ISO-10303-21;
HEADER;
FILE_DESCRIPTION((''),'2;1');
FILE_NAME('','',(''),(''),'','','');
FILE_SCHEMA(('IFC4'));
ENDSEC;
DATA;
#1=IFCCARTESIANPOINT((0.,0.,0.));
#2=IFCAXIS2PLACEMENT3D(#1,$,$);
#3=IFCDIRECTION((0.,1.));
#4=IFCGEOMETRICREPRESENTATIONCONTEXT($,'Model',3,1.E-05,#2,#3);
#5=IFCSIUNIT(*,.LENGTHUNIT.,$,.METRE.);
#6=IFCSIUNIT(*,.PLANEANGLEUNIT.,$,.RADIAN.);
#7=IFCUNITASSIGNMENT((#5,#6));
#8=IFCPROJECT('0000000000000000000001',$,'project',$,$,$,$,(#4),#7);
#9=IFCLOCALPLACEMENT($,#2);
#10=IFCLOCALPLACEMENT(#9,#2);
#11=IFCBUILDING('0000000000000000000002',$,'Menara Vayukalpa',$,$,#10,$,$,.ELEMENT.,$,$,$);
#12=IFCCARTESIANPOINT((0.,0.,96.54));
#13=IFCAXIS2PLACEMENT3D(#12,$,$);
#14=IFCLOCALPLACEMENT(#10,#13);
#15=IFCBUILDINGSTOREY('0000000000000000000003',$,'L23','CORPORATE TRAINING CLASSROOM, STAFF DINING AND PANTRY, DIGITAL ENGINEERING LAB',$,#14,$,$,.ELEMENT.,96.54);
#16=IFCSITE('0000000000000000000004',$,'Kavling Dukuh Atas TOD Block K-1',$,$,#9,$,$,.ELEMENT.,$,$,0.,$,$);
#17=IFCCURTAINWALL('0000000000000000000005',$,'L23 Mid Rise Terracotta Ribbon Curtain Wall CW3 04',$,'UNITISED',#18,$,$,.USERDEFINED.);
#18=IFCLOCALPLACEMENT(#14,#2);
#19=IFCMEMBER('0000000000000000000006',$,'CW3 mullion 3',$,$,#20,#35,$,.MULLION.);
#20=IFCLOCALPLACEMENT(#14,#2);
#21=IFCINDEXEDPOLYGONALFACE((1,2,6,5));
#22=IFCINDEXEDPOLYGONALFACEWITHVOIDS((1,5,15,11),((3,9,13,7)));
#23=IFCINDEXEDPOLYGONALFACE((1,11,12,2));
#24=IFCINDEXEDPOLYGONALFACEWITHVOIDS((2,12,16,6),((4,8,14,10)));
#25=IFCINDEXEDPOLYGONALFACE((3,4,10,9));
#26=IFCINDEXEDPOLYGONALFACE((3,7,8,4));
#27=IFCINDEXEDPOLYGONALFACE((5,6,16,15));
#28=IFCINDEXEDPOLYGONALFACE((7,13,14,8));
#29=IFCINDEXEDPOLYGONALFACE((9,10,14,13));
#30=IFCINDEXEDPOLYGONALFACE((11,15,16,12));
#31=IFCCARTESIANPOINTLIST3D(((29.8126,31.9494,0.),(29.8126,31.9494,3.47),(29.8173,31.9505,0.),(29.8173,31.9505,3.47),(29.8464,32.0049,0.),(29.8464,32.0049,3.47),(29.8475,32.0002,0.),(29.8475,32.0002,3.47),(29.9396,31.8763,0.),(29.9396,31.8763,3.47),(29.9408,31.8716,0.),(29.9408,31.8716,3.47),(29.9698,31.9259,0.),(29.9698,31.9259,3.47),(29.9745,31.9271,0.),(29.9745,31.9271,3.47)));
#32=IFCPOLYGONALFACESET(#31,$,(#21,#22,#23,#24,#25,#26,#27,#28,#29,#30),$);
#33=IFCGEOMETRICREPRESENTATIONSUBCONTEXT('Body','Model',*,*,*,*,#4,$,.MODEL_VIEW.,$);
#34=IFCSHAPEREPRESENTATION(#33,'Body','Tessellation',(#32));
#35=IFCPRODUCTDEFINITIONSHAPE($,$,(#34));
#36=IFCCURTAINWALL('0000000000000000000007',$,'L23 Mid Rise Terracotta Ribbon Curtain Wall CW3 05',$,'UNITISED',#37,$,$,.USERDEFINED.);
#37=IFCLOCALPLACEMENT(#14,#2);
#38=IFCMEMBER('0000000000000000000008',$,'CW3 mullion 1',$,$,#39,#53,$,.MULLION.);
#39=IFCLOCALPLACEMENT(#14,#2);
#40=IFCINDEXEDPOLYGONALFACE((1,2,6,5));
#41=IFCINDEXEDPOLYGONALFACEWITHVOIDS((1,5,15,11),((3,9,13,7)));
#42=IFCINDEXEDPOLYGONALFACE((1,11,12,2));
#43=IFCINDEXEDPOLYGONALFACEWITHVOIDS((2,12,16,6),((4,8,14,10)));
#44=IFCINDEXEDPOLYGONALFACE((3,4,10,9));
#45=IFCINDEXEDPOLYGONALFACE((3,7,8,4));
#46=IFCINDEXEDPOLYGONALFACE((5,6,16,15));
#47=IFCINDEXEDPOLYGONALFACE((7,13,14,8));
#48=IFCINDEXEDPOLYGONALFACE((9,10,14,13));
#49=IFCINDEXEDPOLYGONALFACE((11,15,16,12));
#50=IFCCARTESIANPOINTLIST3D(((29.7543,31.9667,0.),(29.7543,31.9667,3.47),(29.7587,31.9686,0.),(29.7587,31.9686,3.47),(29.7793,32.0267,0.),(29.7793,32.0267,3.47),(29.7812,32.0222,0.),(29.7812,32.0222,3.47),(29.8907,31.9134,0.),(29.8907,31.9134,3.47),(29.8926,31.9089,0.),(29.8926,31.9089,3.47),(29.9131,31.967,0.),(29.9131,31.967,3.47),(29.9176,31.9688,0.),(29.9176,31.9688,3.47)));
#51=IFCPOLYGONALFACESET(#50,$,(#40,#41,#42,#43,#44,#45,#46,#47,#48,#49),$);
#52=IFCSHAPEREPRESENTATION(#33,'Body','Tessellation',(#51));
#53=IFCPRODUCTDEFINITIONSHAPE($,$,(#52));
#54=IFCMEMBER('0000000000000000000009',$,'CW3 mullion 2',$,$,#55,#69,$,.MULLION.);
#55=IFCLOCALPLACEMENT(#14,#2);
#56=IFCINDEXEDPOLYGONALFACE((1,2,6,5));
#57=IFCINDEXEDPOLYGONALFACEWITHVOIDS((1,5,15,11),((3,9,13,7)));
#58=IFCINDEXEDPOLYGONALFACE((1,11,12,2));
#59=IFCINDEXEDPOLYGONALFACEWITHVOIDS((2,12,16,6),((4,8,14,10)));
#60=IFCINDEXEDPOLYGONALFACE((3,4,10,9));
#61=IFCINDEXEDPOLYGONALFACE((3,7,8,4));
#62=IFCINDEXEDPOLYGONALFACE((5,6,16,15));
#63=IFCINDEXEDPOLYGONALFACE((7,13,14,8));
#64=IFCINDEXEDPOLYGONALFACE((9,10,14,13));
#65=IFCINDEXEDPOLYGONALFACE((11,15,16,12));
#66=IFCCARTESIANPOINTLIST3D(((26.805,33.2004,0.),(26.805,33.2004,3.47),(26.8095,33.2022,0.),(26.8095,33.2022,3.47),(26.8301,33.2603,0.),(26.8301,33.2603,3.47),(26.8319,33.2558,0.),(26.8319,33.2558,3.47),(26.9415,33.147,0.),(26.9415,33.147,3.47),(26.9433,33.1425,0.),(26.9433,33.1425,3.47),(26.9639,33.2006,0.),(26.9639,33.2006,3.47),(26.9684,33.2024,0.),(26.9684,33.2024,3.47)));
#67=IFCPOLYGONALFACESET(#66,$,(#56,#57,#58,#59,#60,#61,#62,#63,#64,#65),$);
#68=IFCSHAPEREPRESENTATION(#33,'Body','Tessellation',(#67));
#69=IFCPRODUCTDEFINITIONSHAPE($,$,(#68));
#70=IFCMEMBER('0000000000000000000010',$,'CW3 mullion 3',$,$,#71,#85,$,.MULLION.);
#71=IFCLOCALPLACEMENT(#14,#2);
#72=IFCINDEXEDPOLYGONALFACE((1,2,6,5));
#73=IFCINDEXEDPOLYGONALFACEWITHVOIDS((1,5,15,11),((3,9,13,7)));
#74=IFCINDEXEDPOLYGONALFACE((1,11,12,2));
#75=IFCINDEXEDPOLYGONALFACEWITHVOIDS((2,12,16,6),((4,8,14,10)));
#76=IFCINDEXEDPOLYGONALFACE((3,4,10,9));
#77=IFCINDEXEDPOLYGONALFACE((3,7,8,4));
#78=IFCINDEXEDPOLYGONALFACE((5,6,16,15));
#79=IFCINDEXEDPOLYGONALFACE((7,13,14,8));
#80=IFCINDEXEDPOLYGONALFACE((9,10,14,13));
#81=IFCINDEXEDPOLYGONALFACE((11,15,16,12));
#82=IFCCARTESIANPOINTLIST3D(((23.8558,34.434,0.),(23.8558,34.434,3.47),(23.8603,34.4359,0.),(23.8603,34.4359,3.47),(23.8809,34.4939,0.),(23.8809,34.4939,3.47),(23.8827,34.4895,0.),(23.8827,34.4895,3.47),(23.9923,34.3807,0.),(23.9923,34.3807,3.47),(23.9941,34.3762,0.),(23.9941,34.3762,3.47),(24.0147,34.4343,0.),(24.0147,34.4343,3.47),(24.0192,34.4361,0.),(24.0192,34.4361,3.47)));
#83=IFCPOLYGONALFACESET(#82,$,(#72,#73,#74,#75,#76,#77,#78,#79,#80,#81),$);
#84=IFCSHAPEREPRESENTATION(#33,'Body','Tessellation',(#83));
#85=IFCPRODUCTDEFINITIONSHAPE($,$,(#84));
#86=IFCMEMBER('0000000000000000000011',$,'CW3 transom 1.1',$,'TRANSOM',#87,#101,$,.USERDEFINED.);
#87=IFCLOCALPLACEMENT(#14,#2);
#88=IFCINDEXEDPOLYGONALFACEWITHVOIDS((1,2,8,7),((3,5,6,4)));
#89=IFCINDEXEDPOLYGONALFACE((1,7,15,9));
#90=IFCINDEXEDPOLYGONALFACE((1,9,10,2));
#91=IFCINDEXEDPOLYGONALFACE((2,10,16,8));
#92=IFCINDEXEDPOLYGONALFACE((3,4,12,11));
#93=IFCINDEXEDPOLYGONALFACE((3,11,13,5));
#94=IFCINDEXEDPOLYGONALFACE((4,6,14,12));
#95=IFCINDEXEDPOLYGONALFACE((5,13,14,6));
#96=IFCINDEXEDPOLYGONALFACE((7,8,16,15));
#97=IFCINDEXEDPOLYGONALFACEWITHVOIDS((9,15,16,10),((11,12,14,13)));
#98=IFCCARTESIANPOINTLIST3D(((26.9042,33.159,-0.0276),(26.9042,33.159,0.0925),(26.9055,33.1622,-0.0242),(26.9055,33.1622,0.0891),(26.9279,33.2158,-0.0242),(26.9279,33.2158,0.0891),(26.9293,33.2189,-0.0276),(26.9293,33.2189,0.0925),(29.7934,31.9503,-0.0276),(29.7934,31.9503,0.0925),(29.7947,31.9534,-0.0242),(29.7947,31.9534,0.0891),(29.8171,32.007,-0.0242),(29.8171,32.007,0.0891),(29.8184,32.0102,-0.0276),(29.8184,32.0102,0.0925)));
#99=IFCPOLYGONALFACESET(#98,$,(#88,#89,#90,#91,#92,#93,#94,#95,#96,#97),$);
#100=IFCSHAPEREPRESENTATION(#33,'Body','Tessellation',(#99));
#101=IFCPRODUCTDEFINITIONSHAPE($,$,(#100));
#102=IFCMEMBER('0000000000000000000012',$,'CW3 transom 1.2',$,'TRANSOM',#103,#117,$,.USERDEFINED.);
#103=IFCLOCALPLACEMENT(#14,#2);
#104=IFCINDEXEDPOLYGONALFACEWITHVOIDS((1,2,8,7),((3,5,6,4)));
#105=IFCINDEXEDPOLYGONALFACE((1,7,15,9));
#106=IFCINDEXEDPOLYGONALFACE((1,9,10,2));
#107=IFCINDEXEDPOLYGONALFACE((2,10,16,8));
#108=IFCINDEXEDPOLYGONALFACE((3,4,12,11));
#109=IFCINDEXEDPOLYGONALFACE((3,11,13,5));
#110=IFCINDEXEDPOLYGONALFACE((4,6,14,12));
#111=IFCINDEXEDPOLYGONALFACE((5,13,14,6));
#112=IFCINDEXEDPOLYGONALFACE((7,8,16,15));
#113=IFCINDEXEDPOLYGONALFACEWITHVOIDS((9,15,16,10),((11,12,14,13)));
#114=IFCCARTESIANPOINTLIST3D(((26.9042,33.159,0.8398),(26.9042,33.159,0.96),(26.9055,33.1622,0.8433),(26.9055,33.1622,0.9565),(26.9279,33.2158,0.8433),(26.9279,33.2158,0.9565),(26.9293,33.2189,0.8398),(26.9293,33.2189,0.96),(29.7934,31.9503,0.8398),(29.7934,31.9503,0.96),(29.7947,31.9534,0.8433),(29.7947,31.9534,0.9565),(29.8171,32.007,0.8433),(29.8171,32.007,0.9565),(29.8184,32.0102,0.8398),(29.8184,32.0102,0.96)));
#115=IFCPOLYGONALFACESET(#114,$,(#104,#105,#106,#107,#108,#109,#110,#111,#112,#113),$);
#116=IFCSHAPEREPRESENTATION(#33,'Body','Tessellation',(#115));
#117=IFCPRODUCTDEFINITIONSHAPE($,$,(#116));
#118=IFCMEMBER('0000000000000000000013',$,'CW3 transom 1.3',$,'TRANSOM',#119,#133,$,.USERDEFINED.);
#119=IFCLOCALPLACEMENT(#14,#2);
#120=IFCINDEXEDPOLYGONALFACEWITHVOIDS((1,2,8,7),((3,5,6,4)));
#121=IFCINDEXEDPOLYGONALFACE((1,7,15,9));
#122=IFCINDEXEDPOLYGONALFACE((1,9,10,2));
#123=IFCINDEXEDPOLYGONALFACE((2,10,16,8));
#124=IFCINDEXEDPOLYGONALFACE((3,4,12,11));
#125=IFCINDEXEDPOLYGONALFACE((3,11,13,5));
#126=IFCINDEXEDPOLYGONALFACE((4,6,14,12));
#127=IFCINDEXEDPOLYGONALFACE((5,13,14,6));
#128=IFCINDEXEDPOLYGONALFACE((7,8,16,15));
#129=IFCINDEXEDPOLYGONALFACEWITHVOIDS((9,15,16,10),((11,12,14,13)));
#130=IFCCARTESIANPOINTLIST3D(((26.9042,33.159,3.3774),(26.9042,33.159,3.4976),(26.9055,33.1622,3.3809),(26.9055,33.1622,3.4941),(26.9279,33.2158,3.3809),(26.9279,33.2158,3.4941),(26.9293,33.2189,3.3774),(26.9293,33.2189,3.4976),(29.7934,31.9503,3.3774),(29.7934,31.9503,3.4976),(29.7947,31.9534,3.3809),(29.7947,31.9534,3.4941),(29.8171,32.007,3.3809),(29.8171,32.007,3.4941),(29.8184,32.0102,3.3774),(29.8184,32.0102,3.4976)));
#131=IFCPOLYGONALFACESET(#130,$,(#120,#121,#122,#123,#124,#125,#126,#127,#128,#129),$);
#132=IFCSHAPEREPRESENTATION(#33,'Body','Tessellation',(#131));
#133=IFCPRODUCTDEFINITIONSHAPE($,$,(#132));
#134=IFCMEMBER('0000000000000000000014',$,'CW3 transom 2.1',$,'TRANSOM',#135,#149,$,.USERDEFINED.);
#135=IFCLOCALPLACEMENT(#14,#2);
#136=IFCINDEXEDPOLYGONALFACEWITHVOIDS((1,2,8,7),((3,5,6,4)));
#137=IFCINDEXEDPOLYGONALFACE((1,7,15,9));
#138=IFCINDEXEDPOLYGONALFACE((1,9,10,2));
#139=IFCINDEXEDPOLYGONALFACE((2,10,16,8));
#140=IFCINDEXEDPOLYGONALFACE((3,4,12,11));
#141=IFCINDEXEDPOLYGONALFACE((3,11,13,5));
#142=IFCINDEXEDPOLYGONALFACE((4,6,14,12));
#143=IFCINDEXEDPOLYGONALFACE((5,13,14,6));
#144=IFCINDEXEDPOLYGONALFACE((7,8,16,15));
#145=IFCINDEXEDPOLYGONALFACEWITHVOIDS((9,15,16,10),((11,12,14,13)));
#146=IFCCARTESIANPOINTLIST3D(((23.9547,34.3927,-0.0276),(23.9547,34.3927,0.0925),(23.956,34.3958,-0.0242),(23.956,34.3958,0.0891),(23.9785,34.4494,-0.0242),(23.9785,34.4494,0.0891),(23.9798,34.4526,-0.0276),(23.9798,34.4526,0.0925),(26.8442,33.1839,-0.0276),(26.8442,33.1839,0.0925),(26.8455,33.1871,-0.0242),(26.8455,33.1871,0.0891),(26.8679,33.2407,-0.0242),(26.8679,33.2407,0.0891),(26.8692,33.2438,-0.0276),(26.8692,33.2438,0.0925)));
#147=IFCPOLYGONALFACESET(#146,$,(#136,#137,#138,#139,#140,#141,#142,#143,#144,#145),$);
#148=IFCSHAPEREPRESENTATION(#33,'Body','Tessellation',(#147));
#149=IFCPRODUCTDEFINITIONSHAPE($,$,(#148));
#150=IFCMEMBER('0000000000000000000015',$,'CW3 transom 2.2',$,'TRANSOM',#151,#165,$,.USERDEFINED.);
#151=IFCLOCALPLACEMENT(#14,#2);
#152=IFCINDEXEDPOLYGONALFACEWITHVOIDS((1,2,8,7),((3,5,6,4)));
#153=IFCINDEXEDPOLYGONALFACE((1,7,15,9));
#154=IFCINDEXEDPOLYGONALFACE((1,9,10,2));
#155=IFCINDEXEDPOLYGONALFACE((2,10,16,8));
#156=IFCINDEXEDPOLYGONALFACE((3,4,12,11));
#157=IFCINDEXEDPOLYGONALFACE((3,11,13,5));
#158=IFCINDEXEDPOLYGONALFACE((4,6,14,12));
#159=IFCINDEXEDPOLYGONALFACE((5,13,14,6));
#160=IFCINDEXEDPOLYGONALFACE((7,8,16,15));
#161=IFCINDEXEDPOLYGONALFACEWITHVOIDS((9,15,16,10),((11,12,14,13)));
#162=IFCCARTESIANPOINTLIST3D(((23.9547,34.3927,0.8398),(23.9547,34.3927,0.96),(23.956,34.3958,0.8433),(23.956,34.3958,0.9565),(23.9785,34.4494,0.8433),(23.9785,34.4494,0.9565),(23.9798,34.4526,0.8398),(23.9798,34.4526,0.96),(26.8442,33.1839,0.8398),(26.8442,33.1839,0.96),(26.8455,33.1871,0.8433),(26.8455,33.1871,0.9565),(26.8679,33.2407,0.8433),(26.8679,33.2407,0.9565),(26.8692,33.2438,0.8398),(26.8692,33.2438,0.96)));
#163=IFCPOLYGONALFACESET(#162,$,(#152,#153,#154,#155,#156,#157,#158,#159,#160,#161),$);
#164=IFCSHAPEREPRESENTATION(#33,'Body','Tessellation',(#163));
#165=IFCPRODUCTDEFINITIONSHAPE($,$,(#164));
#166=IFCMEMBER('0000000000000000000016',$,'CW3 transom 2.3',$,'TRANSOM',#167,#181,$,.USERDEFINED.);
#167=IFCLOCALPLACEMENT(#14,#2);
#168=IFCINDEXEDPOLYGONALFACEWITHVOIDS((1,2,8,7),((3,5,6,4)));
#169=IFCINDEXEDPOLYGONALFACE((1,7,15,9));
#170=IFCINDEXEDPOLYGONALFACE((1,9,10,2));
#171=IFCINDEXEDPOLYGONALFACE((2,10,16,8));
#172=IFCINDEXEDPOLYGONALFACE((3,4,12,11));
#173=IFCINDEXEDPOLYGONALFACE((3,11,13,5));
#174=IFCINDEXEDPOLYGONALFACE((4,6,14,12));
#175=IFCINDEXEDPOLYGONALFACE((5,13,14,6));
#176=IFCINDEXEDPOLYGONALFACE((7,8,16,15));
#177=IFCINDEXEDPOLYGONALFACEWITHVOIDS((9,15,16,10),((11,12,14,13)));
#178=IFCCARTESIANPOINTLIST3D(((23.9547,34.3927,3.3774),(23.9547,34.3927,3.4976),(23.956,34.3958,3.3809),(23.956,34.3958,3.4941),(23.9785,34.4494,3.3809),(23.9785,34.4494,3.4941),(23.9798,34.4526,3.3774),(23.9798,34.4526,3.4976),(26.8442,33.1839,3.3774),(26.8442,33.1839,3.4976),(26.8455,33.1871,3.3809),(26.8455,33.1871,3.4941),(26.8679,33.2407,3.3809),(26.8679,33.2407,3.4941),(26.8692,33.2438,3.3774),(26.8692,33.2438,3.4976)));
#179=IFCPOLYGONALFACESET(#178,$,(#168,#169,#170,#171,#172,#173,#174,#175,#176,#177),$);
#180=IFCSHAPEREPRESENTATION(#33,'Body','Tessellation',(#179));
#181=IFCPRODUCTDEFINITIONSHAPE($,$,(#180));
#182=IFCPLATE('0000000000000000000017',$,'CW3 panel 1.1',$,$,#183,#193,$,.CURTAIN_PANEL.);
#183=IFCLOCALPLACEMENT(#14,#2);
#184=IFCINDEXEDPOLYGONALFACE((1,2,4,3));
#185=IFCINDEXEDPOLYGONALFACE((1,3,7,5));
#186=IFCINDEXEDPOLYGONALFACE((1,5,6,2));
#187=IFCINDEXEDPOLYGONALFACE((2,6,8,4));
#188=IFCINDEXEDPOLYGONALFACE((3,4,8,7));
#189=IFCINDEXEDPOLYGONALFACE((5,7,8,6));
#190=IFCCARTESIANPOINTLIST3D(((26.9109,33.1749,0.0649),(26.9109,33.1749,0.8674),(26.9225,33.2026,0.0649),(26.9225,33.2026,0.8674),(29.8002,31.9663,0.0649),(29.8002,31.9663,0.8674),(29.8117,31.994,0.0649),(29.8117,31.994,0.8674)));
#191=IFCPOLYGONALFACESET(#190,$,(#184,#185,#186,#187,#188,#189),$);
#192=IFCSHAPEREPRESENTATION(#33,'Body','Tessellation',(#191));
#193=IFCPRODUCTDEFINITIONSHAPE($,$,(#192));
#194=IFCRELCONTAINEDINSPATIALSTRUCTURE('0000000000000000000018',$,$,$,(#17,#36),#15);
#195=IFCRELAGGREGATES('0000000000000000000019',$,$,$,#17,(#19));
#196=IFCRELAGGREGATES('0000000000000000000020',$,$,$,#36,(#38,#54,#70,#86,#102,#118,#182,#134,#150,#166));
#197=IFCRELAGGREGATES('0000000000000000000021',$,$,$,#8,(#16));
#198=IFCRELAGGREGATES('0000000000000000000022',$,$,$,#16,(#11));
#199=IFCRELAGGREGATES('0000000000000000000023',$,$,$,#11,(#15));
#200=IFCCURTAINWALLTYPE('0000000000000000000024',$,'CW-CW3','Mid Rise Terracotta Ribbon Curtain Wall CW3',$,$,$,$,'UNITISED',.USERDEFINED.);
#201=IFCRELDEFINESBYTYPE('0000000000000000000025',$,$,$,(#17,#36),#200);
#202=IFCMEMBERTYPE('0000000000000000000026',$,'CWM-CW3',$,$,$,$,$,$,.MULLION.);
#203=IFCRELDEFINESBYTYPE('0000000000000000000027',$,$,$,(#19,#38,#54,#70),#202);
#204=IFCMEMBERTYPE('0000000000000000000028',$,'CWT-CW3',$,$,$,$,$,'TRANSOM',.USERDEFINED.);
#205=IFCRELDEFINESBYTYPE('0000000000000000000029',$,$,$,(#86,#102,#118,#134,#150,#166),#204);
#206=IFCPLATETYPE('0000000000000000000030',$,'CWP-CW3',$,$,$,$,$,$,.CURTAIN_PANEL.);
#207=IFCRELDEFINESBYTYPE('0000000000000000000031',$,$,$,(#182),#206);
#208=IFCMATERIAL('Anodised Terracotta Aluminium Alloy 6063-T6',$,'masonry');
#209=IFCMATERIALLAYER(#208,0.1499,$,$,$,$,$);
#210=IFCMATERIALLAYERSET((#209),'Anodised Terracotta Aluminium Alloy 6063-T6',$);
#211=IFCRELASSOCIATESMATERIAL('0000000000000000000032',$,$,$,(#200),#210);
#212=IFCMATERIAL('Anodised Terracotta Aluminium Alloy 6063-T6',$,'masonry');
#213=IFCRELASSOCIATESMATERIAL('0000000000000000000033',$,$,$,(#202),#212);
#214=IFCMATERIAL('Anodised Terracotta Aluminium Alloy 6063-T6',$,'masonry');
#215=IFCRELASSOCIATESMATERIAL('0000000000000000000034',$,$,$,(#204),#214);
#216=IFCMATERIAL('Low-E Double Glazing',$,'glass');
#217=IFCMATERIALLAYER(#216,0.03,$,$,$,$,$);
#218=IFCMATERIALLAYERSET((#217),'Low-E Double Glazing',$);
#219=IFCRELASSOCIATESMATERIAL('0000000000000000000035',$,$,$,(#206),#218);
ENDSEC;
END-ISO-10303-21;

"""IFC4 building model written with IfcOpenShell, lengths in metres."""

from ifc_helpers import new_model, si_unit, direction, frame, origin, origin_2d, place, context, subcontext, project, spatial, rectangle, hollow_rectangle, extrude, material, layer, layer_set, material_profile, profile_set, type_object, element, aggregate, save


model = new_model("IFC4")

# Units and contexts
model_context = context("Model", 3, precision=1e-05, world=origin(), true_north=direction((0.0, 1.0)))
body_context = subcontext(model_context, "Body", "Model", "MODEL_VIEW")
ifc_project = project(units=[si_unit("LENGTHUNIT", "METRE"), si_unit("PLANEANGLEUNIT", "RADIAN")], contexts=[model_context])

# Site, building, storey
site_placement = place(None, origin())
site = spatial("IfcSite", under=ifc_project, at=site_placement, Name="Kavling Dukuh Atas TOD Block K-1", CompositionType="ELEMENT", RefElevation=0.0)
building_placement = place(site_placement, origin())
building = spatial("IfcBuilding", under=site, at=building_placement, Name="Menara Vayukalpa", CompositionType="ELEMENT")
storey_placement = place(building_placement, frame((0.0, 0.0, 96.54)))
storey = spatial("IfcBuildingStorey", under=building, at=storey_placement, Name="L23", Description="CORPORATE TRAINING CLASSROOM, STAFF DINING AND PANTRY, DIGITAL ENGINEERING LAB", CompositionType="ELEMENT", Elevation=96.54)

# Curtain wall, member
ifc_material_1 = material(Name="Anodised Terracotta Aluminium Alloy 6063-T6", Category="masonry")
ifc_layer_1 = layer(ifc_material_1, 0.1499)
ifc_layer_set_1 = layer_set([ifc_layer_1], Name="Anodised Terracotta Aluminium Alloy 6063-T6")
curtain_wall_type = type_object("IfcCurtainWallType", Name="CW-CW3", Description="Mid Rise Terracotta Ribbon Curtain Wall CW3", ElementType="UNITISED", PredefinedType="USERDEFINED", material=ifc_layer_set_1)
curtain_wall_1_placement = place(storey_placement, origin())
curtain_wall_1 = element("IfcCurtainWall", 1, at=curtain_wall_1_placement, inside=storey, type_object=curtain_wall_type, Name="L23 Mid Rise Terracotta Ribbon Curtain Wall CW3 04", ObjectType="UNITISED", PredefinedType="USERDEFINED")
ifc_material_2 = material(Name="Anodised Terracotta Aluminium Alloy 6063-T6", Category="masonry")
ifc_material_profile_1 = material_profile(ifc_material_2, hollow_rectangle(XDim=0.0649, YDim=0.1499, WallThickness=0.0034, at=origin_2d()), Name="ALU 65x150x3.5")
ifc_profile_set_1 = profile_set([ifc_material_profile_1], Name="Anodised Terracotta Aluminium Alloy 6063-T6")
member_type_1 = type_object("IfcMemberType", Name="CWM-CW3", PredefinedType="MULLION", material=ifc_profile_set_1)
member_1_placement = place(storey_placement, frame((29.8936, 31.9382, 0.0), z_axis=(0.0, 0.0, 1.0), x_axis=(-0.519183, -0.854663, 0.0)))
member_1 = element("IfcMember", 2, at=member_1_placement, type_object=member_type_1, Name="CW3 mullion 3", PredefinedType="MULLION", context=body_context, shape_type="SweptSolid", body=[
    extrude(hollow_rectangle(XDim=0.0649, YDim=0.1499, WallThickness=0.0034, at=origin_2d()), origin(), (0.0, 0.0, 1.0), 3.47),
])
aggregate(curtain_wall_1, [member_1])

# Curtain wall, members, plate
curtain_wall_2_placement = place(storey_placement, origin())
curtain_wall_2 = element("IfcCurtainWall", 3, at=curtain_wall_2_placement, inside=storey, type_object=curtain_wall_type, Name="L23 Mid Rise Terracotta Ribbon Curtain Wall CW3 05", ObjectType="UNITISED", PredefinedType="USERDEFINED")
member_2_placement = place(storey_placement, frame((29.8359, 31.9678, 0.0), z_axis=(0.0, 0.0, 1.0), x_axis=(-0.385894, -0.922543, 0.0)))
member_2 = element("IfcMember", 4, at=member_2_placement, type_object=member_type_1, Name="CW3 mullion 1", PredefinedType="MULLION", context=body_context, shape_type="SweptSolid", body=[
    extrude(hollow_rectangle(XDim=0.0649, YDim=0.1499, WallThickness=0.0034, at=origin_2d()), origin(), (0.0, 0.0, 1.0), 3.47),
])
member_3_placement = place(storey_placement, frame((26.8867, 33.2014, 0.0), z_axis=(0.0, 0.0, 1.0), x_axis=(-0.385894, -0.922543, 0.0)))
member_3 = element("IfcMember", 5, at=member_3_placement, type_object=member_type_1, Name="CW3 mullion 2", PredefinedType="MULLION", context=body_context, shape_type="SweptSolid", body=[
    extrude(hollow_rectangle(XDim=0.0649, YDim=0.1499, WallThickness=0.0034, at=origin_2d()), origin(), (0.0, 0.0, 1.0), 3.47),
])
member_4_placement = place(storey_placement, frame((23.9375, 34.4351, 0.0), z_axis=(0.0, 0.0, 1.0), x_axis=(-0.385894, -0.922543, 0.0)))
member_4 = element("IfcMember", 6, at=member_4_placement, type_object=member_type_1, Name="CW3 mullion 3", PredefinedType="MULLION", context=body_context, shape_type="SweptSolid", body=[
    extrude(hollow_rectangle(XDim=0.0649, YDim=0.1499, WallThickness=0.0034, at=origin_2d()), origin(), (0.0, 0.0, 1.0), 3.47),
])
ifc_material_3 = material(Name="Anodised Terracotta Aluminium Alloy 6063-T6", Category="masonry")
ifc_material_profile_2 = material_profile(ifc_material_3, hollow_rectangle(XDim=0.0649, YDim=0.1201, WallThickness=0.0034, at=origin_2d()), Name="ALU 65x120x3.5")
ifc_profile_set_2 = profile_set([ifc_material_profile_2], Name="Anodised Terracotta Aluminium Alloy 6063-T6")
member_type_2 = type_object("IfcMemberType", Name="CWT-CW3", ElementType="TRANSOM", PredefinedType="USERDEFINED", material=ifc_profile_set_2)
member_5_placement = place(storey_placement, frame((29.8059, 31.9802, 0.0325), z_axis=(-0.922518, 0.385955, 0.0), x_axis=(-0.385955, -0.922518, 0.0)))
member_5 = element("IfcMember", 7, at=member_5_placement, type_object=member_type_2, Name="CW3 transom 1.1", ObjectType="TRANSOM", PredefinedType="USERDEFINED", context=body_context, shape_type="SweptSolid", body=[
    extrude(hollow_rectangle(XDim=0.0649, YDim=0.1201, WallThickness=0.0034, at=origin_2d()), origin(), (0.0, 0.0, 1.0), 3.1318),
])
member_6_placement = place(storey_placement, frame((29.8059, 31.9802, 0.8999), z_axis=(-0.922518, 0.385955, 0.0), x_axis=(-0.385955, -0.922518, 0.0)))
member_6 = element("IfcMember", 8, at=member_6_placement, type_object=member_type_2, Name="CW3 transom 1.2", ObjectType="TRANSOM", PredefinedType="USERDEFINED", context=body_context, shape_type="SweptSolid", body=[
    extrude(hollow_rectangle(XDim=0.0649, YDim=0.1201, WallThickness=0.0034, at=origin_2d()), origin(), (0.0, 0.0, 1.0), 3.1318),
])
member_7_placement = place(storey_placement, frame((29.8059, 31.9802, 3.4375), z_axis=(-0.922518, 0.385955, 0.0), x_axis=(-0.385955, -0.922518, 0.0)))
member_7 = element("IfcMember", 9, at=member_7_placement, type_object=member_type_2, Name="CW3 transom 1.3", ObjectType="TRANSOM", PredefinedType="USERDEFINED", context=body_context, shape_type="SweptSolid", body=[
    extrude(hollow_rectangle(XDim=0.0649, YDim=0.1201, WallThickness=0.0034, at=origin_2d()), origin(), (0.0, 0.0, 1.0), 3.1318),
])
member_8_placement = place(storey_placement, frame((26.8567, 33.2139, 0.0325), z_axis=(-0.922529, 0.385927, 0.0), x_axis=(-0.385927, -0.922529, 0.0)))
member_8 = element("IfcMember", 10, at=member_8_placement, type_object=member_type_2, Name="CW3 transom 2.1", ObjectType="TRANSOM", PredefinedType="USERDEFINED", context=body_context, shape_type="SweptSolid", body=[
    extrude(hollow_rectangle(XDim=0.0649, YDim=0.1201, WallThickness=0.0034, at=origin_2d()), origin(), (0.0, 0.0, 1.0), 3.1321),
])
member_9_placement = place(storey_placement, frame((26.8567, 33.2139, 0.8999), z_axis=(-0.922529, 0.385927, 0.0), x_axis=(-0.385927, -0.922529, 0.0)))
member_9 = element("IfcMember", 11, at=member_9_placement, type_object=member_type_2, Name="CW3 transom 2.2", ObjectType="TRANSOM", PredefinedType="USERDEFINED", context=body_context, shape_type="SweptSolid", body=[
    extrude(hollow_rectangle(XDim=0.0649, YDim=0.1201, WallThickness=0.0034, at=origin_2d()), origin(), (0.0, 0.0, 1.0), 3.1321),
])
member_10_placement = place(storey_placement, frame((26.8567, 33.2139, 3.4375), z_axis=(-0.922529, 0.385927, 0.0), x_axis=(-0.385927, -0.922529, 0.0)))
member_10 = element("IfcMember", 12, at=member_10_placement, type_object=member_type_2, Name="CW3 transom 2.3", ObjectType="TRANSOM", PredefinedType="USERDEFINED", context=body_context, shape_type="SweptSolid", body=[
    extrude(hollow_rectangle(XDim=0.0649, YDim=0.1201, WallThickness=0.0034, at=origin_2d()), origin(), (0.0, 0.0, 1.0), 3.1321),
])
ifc_material_4 = material(Name="Low-E Double Glazing", Category="glass")
ifc_layer_2 = layer(ifc_material_4, 0.03)
ifc_layer_set_2 = layer_set([ifc_layer_2], Name="Low-E Double Glazing")
plate_type = type_object("IfcPlateType", Name="CWP-CW3", PredefinedType="CURTAIN_PANEL", material=ifc_layer_set_2)
plate_1_placement = place(storey_placement, frame((28.3613, 32.5845, 0.0649), z_axis=(0.0, 0.0, 1.0), x_axis=(-0.922543, 0.385894, 0.0)))
plate_1 = element("IfcPlate", 13, at=plate_1_placement, type_object=plate_type, Name="CW3 panel 1.1", PredefinedType="CURTAIN_PANEL", context=body_context, shape_type="SweptSolid", body=[
    extrude(rectangle(XDim=3.1318, YDim=0.03, at=origin_2d()), origin(), (0.0, 0.0, 1.0), 0.8025),
])
aggregate(curtain_wall_2, [member_2, member_3, member_4, member_5, member_6, member_7, plate_1, member_8, member_9, member_10])

save(model, "model.ifc")
